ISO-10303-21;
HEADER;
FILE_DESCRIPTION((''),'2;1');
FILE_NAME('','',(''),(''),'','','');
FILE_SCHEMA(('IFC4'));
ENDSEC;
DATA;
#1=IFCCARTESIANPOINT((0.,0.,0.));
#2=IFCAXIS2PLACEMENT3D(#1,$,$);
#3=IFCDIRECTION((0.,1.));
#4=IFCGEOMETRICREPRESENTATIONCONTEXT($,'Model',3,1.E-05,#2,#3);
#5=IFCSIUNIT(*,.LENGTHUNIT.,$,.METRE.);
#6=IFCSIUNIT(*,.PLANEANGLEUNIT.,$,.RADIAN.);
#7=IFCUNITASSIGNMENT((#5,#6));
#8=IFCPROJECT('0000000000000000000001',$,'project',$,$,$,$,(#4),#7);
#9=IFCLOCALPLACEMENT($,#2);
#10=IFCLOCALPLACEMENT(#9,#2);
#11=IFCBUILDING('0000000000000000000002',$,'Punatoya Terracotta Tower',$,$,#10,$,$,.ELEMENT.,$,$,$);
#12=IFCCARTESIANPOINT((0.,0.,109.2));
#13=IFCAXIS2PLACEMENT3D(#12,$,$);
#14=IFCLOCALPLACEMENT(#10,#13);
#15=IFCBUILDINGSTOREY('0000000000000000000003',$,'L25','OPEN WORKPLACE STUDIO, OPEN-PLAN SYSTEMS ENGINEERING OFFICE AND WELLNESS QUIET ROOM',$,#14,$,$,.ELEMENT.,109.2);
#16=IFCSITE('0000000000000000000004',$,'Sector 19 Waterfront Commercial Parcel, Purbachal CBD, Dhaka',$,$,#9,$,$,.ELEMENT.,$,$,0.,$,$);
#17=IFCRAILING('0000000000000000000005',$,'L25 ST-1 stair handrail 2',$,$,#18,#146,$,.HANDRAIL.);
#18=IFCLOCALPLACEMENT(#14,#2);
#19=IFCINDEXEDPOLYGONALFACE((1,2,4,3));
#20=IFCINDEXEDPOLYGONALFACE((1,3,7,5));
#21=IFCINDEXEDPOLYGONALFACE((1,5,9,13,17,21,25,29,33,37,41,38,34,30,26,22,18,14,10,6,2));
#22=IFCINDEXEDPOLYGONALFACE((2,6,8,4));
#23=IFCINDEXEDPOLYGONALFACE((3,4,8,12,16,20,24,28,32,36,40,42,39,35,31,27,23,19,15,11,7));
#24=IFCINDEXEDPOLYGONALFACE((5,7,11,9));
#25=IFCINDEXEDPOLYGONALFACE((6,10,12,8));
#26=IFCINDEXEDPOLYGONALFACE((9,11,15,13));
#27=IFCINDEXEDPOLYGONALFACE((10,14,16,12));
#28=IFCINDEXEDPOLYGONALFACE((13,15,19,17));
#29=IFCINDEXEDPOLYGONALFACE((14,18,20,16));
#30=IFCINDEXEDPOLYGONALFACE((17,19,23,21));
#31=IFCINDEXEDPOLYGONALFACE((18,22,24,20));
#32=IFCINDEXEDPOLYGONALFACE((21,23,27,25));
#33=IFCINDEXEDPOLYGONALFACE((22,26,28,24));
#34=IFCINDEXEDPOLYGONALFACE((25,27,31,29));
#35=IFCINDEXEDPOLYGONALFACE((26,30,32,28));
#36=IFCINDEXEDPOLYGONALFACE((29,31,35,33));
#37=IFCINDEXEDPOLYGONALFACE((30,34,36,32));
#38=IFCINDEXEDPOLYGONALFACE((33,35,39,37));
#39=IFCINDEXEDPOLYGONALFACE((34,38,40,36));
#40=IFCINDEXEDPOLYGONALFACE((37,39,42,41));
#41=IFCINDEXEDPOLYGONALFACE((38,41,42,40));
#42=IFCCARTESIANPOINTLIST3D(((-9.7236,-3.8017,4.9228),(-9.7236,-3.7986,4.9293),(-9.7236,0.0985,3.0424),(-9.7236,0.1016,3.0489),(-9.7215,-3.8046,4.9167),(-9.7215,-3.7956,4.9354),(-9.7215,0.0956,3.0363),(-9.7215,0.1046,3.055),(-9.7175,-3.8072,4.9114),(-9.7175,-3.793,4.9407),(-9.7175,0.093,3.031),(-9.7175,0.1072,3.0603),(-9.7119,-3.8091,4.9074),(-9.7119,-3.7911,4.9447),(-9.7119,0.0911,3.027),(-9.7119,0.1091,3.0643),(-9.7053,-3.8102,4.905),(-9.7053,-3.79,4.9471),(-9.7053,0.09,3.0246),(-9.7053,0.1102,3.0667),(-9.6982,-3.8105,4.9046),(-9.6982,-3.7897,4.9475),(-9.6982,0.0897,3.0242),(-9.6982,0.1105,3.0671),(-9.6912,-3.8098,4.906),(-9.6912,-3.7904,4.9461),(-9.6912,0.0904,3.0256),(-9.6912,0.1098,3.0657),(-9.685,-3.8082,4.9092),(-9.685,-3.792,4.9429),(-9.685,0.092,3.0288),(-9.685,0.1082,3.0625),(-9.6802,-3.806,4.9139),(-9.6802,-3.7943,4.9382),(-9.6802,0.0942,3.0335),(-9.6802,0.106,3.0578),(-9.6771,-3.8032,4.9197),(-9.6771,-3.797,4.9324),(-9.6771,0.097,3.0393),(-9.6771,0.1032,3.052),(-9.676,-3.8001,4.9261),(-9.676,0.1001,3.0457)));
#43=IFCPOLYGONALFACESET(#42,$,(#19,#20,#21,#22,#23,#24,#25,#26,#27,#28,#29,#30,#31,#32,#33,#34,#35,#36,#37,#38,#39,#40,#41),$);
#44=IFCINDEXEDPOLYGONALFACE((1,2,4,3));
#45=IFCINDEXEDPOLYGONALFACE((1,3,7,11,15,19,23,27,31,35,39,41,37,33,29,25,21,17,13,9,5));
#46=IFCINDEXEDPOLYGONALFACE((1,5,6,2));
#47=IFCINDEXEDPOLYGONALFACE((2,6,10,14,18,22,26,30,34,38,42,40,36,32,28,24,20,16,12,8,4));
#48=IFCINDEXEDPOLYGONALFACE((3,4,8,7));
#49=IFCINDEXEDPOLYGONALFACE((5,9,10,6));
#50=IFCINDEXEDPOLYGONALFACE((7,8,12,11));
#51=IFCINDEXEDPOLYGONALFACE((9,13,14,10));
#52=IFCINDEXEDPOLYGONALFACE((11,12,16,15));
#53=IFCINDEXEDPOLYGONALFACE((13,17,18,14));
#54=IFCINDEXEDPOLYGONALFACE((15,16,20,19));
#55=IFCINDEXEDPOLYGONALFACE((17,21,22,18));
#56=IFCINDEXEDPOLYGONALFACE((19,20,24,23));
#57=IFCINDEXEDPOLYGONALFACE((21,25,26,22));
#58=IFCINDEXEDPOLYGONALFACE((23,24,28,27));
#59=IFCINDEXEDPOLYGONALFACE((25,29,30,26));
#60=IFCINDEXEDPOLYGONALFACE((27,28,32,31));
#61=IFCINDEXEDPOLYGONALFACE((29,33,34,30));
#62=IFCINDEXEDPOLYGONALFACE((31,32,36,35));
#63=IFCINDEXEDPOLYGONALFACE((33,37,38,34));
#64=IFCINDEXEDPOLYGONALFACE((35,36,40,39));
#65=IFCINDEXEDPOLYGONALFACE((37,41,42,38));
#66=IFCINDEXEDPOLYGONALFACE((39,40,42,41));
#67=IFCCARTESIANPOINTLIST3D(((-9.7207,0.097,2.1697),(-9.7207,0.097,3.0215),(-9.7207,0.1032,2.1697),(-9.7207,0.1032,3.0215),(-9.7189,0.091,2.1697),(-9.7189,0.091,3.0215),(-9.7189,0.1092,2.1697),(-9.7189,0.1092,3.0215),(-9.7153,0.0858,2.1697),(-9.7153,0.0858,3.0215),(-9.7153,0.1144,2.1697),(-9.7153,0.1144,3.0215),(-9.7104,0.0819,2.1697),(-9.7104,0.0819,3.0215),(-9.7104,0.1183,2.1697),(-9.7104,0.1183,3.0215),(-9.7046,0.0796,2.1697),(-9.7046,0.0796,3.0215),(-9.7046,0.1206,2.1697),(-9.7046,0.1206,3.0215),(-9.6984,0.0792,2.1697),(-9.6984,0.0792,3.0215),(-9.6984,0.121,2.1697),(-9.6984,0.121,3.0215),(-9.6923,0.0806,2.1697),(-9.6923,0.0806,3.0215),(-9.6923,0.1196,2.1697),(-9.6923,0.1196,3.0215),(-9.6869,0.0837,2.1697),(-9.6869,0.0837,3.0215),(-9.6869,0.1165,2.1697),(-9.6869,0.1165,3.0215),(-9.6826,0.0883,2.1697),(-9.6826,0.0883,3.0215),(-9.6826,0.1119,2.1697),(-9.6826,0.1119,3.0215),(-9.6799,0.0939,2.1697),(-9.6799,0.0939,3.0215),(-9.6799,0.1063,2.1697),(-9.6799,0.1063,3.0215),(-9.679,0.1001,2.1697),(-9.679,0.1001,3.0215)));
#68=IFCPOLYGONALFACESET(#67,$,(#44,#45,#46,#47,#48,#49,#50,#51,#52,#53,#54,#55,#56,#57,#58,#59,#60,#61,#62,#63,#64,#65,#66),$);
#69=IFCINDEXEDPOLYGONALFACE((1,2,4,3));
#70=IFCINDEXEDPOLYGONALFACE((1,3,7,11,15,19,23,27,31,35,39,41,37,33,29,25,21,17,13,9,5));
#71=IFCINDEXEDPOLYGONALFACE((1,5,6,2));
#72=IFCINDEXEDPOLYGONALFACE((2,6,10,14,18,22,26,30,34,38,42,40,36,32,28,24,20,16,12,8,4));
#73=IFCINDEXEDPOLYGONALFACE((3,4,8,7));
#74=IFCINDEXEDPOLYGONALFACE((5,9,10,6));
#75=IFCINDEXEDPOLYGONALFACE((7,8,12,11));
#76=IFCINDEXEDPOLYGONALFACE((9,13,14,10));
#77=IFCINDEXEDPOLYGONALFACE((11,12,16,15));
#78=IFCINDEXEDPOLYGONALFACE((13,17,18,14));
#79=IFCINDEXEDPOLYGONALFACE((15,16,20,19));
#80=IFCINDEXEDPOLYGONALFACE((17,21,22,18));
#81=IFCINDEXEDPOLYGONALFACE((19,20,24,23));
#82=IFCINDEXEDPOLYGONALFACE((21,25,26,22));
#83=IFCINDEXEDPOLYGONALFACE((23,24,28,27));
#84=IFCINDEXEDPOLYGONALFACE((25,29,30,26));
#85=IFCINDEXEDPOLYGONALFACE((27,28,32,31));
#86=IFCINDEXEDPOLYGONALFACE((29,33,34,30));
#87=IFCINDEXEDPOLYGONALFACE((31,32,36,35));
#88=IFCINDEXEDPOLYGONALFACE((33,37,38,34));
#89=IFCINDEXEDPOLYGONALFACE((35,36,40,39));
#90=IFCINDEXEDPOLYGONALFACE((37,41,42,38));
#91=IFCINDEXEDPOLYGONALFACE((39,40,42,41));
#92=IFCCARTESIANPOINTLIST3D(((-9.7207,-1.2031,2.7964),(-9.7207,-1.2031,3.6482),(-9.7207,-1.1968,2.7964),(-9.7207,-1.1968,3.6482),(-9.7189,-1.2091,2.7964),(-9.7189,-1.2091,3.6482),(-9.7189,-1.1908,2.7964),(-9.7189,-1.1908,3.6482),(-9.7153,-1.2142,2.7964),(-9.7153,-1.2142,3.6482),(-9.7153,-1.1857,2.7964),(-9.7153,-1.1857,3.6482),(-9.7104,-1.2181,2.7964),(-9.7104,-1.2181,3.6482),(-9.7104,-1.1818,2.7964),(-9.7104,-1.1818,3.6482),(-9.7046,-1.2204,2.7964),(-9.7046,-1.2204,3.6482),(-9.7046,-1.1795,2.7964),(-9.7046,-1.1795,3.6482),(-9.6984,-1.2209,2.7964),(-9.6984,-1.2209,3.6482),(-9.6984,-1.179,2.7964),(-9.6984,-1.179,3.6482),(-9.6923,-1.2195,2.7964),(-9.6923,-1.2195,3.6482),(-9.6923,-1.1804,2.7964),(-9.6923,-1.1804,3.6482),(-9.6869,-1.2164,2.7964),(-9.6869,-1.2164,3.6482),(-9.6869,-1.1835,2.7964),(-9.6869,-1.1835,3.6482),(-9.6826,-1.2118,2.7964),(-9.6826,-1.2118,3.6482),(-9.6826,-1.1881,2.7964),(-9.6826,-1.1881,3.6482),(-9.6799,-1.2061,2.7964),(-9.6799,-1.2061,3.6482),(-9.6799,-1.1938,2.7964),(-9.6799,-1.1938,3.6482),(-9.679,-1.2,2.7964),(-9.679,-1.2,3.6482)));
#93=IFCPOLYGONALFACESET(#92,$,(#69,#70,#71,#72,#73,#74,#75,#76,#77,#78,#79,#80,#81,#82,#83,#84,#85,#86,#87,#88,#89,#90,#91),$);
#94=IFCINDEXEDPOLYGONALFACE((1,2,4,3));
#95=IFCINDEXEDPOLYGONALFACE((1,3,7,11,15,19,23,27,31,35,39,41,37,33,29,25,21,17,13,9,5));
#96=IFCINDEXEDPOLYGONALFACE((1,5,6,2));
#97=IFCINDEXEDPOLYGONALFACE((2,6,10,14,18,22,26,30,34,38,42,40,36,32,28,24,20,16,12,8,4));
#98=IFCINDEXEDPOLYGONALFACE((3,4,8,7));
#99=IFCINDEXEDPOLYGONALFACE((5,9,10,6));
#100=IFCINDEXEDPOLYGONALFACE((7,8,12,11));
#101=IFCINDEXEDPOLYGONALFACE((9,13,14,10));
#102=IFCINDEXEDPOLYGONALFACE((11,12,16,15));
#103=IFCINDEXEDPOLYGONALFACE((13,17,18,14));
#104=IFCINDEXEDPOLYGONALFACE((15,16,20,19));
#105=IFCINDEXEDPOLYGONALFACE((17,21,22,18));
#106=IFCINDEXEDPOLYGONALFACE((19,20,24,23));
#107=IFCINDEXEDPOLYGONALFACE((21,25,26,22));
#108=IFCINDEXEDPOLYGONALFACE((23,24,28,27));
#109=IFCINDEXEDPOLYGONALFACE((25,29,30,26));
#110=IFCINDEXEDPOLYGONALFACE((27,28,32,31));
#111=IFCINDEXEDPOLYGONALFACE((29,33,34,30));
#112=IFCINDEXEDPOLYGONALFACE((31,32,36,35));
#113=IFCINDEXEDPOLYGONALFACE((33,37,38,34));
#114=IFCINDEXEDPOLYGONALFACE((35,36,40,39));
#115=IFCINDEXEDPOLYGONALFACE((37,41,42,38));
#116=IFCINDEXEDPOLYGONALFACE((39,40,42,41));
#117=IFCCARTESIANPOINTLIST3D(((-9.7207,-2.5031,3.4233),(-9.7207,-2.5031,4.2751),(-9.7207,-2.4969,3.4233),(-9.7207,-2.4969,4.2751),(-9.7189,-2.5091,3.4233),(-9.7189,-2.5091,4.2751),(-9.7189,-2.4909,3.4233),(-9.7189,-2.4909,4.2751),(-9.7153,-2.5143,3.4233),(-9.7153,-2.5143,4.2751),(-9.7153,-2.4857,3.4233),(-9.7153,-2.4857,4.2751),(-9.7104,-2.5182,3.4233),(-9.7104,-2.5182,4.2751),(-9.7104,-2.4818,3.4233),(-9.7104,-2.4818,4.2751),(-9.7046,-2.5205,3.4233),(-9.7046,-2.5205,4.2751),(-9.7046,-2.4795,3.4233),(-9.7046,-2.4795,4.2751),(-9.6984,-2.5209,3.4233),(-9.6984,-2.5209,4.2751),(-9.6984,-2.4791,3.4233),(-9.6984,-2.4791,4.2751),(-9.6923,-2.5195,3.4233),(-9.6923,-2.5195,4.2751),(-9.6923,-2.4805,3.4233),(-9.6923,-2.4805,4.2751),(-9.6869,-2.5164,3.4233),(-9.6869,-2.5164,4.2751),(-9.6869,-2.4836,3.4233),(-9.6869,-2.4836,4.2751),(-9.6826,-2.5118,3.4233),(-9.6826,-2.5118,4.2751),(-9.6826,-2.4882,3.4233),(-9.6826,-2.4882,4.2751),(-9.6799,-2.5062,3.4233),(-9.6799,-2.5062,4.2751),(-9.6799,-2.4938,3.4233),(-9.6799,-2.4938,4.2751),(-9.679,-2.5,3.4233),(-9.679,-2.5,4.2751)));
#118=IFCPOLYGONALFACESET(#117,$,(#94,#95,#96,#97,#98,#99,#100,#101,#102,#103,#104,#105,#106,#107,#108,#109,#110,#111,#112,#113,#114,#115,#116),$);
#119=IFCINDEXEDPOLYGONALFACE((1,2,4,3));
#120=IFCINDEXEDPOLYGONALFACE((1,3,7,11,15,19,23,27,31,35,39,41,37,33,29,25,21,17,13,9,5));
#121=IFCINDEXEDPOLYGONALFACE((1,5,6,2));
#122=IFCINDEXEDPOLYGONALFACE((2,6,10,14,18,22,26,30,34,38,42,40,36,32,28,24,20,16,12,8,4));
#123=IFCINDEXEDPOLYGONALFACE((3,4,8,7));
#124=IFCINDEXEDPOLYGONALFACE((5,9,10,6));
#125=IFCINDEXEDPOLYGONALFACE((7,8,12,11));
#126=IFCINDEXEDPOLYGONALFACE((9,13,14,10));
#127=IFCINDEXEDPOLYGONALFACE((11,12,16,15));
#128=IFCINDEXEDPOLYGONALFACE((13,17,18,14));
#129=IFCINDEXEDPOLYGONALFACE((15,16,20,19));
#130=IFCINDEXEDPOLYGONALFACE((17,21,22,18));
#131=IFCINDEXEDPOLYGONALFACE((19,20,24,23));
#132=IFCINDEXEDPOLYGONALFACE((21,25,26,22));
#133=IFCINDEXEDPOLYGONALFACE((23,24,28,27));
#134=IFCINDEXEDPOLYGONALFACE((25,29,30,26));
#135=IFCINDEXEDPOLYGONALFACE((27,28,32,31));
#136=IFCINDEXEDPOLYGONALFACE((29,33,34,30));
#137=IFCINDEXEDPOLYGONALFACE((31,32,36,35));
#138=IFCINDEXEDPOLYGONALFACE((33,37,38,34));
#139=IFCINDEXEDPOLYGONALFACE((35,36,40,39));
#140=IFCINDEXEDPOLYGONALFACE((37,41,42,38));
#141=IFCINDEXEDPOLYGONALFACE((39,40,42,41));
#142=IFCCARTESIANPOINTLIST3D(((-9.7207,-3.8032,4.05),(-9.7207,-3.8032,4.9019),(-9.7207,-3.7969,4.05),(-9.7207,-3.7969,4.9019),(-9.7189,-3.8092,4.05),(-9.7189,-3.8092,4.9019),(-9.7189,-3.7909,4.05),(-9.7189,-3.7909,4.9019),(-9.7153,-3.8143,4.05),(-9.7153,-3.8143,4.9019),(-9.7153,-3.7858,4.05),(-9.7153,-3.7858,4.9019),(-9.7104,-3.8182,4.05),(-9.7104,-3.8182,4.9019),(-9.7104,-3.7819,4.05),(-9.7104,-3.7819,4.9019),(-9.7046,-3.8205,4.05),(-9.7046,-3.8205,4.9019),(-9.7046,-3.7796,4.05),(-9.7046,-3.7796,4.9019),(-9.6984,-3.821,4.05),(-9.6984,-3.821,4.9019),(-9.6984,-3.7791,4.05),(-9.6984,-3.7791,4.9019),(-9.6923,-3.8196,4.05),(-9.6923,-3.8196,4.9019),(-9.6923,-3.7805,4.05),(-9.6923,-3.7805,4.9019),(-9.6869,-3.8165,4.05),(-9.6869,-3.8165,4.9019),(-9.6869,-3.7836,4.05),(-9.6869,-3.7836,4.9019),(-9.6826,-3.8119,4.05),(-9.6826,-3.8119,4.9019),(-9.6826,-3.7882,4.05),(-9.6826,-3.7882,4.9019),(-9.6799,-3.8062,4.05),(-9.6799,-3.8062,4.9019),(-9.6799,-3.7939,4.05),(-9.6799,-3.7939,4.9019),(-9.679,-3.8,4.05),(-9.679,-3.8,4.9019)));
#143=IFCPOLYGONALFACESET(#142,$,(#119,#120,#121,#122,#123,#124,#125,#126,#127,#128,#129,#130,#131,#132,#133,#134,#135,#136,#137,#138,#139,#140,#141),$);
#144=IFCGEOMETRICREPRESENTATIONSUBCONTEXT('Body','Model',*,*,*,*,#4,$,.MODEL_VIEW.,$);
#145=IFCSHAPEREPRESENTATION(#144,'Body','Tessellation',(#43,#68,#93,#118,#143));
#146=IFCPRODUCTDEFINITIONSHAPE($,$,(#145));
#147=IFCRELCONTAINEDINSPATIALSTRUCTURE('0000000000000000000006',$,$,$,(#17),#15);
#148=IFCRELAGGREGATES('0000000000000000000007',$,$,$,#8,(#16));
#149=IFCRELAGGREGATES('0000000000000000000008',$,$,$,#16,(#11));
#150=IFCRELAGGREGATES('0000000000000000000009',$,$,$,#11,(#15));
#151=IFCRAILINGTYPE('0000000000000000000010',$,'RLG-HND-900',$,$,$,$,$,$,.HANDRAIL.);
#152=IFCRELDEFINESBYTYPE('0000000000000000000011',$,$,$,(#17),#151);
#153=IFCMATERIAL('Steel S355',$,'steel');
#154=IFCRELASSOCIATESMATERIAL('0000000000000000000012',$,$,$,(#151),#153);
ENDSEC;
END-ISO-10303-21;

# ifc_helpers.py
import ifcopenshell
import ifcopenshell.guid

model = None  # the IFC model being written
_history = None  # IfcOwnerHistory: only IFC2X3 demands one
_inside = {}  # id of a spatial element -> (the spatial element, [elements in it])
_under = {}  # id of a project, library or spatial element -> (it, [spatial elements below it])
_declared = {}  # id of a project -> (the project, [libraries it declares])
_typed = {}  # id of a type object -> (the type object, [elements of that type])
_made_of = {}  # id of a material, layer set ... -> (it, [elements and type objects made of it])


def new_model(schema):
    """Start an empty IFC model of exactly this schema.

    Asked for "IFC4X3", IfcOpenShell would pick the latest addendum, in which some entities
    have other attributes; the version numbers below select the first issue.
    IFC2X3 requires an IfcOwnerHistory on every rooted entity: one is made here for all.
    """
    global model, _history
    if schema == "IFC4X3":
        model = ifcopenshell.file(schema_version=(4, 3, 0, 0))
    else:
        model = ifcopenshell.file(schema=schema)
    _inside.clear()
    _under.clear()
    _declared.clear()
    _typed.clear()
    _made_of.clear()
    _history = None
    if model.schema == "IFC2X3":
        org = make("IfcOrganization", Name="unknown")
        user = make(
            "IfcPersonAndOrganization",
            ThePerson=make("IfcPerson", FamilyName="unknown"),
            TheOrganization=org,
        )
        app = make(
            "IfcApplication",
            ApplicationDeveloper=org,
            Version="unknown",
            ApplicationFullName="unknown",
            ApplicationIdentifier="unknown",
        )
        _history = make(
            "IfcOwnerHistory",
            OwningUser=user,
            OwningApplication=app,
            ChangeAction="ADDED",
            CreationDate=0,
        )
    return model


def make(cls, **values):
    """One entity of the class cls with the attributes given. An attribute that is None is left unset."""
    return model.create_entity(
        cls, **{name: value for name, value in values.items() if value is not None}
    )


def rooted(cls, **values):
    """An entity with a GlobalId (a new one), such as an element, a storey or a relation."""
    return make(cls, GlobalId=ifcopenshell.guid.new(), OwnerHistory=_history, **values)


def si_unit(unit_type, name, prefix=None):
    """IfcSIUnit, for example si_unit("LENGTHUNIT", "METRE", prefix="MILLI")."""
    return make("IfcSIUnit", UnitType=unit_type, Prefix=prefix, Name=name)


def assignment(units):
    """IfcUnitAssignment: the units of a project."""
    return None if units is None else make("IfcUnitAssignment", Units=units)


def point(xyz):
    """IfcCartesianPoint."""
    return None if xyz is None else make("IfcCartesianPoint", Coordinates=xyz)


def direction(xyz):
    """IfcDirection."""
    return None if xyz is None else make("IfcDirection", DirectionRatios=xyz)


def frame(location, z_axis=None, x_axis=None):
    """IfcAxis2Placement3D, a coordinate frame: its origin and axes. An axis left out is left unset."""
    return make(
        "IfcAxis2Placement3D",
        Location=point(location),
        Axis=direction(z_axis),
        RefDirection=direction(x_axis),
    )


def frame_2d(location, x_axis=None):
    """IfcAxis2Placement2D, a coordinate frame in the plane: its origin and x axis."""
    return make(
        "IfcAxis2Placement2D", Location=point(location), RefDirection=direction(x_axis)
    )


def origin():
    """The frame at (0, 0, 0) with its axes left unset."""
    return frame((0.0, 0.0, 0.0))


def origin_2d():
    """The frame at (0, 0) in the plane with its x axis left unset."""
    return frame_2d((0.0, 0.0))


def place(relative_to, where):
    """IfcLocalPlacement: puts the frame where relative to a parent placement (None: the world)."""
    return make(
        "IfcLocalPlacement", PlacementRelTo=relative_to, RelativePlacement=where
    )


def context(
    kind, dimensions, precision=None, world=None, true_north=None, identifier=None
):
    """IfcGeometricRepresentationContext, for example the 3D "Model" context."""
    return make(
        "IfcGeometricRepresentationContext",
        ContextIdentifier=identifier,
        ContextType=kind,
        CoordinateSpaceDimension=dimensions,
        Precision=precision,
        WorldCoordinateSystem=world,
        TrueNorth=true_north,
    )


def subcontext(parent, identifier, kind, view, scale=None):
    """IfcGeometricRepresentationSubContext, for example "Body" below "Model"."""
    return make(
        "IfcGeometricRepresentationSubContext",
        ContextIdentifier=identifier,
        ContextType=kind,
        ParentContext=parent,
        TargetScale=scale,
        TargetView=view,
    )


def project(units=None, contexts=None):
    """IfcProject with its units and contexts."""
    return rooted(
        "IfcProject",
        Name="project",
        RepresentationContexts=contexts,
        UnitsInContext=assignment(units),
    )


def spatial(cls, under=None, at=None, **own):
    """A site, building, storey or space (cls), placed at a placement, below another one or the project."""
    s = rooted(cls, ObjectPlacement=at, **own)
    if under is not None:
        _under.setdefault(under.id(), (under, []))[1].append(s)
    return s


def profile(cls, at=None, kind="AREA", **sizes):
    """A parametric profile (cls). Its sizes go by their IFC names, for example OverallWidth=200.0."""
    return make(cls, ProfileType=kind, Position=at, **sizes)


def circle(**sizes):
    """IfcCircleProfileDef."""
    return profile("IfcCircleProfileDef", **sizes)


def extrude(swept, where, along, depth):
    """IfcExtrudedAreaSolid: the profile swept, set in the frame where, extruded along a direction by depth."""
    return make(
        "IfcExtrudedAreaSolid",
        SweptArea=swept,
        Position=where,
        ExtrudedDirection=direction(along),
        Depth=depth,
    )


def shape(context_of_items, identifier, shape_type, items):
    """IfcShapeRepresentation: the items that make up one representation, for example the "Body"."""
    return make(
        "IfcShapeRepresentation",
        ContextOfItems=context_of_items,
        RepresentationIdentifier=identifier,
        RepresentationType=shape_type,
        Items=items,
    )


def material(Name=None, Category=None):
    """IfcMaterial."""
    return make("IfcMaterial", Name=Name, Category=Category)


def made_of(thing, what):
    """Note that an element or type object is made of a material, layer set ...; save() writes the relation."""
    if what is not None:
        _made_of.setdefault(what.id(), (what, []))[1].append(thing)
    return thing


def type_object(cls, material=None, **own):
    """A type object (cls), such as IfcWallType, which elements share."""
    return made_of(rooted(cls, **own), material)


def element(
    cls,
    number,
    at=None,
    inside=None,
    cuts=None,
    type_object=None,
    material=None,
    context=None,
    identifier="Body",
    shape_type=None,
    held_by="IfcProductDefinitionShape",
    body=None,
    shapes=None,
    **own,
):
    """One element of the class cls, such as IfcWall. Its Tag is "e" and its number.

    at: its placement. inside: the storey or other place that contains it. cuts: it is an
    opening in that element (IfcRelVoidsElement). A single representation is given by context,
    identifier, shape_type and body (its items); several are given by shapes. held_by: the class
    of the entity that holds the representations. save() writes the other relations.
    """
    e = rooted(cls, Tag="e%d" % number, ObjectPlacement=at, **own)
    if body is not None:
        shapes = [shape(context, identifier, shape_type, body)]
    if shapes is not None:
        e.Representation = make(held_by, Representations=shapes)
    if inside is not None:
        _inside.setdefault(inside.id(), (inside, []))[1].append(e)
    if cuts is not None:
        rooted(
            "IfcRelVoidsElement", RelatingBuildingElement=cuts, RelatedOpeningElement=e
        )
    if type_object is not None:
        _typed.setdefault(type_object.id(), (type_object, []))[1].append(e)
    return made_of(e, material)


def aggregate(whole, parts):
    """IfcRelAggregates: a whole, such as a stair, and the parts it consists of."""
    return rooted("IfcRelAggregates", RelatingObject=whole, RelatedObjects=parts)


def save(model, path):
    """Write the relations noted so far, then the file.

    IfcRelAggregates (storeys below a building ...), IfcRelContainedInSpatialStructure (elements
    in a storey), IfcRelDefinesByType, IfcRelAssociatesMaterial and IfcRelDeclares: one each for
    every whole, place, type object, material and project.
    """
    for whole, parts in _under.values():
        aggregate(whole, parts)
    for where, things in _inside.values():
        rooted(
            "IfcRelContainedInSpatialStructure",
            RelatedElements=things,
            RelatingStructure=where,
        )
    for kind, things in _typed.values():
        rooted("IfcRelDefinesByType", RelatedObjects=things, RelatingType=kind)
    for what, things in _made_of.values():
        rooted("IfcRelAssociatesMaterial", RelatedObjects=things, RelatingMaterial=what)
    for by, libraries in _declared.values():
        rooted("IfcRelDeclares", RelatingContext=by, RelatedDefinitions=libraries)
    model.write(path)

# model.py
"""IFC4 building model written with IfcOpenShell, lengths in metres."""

from ifc_helpers import new_model, si_unit, direction, frame, origin, origin_2d, place, context, subcontext, project, spatial, circle, extrude, material, type_object, element, save


model = new_model("IFC4")

# Units and contexts
model_context = context("Model", 3, precision=1e-05, world=origin(), true_north=direction((0.0, 1.0)))
body_context = subcontext(model_context, "Body", "Model", "MODEL_VIEW")
ifc_project = project(units=[si_unit("LENGTHUNIT", "METRE"), si_unit("PLANEANGLEUNIT", "RADIAN")], contexts=[model_context])

# Site, building, storey
site_placement = place(None, origin())
site = spatial("IfcSite", under=ifc_project, at=site_placement, Name="Sector 19 Waterfront Commercial Parcel, Purbachal CBD, Dhaka", CompositionType="ELEMENT", RefElevation=0.0)
building_placement = place(site_placement, origin())
building = spatial("IfcBuilding", under=site, at=building_placement, Name="Punatoya Terracotta Tower", CompositionType="ELEMENT")
storey_placement = place(building_placement, frame((0.0, 0.0, 109.2)))
storey = spatial("IfcBuildingStorey", under=building, at=storey_placement, Name="L25", Description="OPEN WORKPLACE STUDIO, OPEN-PLAN SYSTEMS ENGINEERING OFFICE AND WELLNESS QUIET ROOM", CompositionType="ELEMENT", Elevation=109.2)

# Railing
ifc_material_1 = material(Name="Steel S355", Category="steel")
railing_type_1 = type_object("IfcRailingType", Name="RLG-HND-900", PredefinedType="HANDRAIL", material=ifc_material_1)
railing_1_placement = place(storey_placement, frame((-9.7, 0.1001, 2.1697)))
element("IfcRailing", 1, at=railing_1_placement, inside=storey, type_object=railing_type_1, Name="L25 ST-1 stair handrail 2", PredefinedType="HANDRAIL", context=body_context, shape_type="SweptSolid", body=[
    extrude(circle(Radius=0.0239, at=origin_2d()), frame((0.0, 0.0, 0.876), z_axis=(0.0, -0.900774, 0.434289), x_axis=(1.0, 0.0, 0.0)), (0.0, 0.0, 1.0), 4.3298),
    extrude(circle(Radius=0.021, at=origin_2d()), origin(), (0.0, 0.0, 1.0), 0.8518),
    extrude(circle(Radius=0.021, at=origin_2d()), frame((0.0, -1.3, 0.6267)), (0.0, 0.0, 1.0), 0.8518),
    extrude(circle(Radius=0.021, at=origin_2d()), frame((0.0, -2.6001, 1.2537)), (0.0, 0.0, 1.0), 0.8518),
    extrude(circle(Radius=0.021, at=origin_2d()), frame((0.0, -3.9001, 1.8804)), (0.0, 0.0, 1.0), 0.8518),
])

save(model, "model.ifc")
